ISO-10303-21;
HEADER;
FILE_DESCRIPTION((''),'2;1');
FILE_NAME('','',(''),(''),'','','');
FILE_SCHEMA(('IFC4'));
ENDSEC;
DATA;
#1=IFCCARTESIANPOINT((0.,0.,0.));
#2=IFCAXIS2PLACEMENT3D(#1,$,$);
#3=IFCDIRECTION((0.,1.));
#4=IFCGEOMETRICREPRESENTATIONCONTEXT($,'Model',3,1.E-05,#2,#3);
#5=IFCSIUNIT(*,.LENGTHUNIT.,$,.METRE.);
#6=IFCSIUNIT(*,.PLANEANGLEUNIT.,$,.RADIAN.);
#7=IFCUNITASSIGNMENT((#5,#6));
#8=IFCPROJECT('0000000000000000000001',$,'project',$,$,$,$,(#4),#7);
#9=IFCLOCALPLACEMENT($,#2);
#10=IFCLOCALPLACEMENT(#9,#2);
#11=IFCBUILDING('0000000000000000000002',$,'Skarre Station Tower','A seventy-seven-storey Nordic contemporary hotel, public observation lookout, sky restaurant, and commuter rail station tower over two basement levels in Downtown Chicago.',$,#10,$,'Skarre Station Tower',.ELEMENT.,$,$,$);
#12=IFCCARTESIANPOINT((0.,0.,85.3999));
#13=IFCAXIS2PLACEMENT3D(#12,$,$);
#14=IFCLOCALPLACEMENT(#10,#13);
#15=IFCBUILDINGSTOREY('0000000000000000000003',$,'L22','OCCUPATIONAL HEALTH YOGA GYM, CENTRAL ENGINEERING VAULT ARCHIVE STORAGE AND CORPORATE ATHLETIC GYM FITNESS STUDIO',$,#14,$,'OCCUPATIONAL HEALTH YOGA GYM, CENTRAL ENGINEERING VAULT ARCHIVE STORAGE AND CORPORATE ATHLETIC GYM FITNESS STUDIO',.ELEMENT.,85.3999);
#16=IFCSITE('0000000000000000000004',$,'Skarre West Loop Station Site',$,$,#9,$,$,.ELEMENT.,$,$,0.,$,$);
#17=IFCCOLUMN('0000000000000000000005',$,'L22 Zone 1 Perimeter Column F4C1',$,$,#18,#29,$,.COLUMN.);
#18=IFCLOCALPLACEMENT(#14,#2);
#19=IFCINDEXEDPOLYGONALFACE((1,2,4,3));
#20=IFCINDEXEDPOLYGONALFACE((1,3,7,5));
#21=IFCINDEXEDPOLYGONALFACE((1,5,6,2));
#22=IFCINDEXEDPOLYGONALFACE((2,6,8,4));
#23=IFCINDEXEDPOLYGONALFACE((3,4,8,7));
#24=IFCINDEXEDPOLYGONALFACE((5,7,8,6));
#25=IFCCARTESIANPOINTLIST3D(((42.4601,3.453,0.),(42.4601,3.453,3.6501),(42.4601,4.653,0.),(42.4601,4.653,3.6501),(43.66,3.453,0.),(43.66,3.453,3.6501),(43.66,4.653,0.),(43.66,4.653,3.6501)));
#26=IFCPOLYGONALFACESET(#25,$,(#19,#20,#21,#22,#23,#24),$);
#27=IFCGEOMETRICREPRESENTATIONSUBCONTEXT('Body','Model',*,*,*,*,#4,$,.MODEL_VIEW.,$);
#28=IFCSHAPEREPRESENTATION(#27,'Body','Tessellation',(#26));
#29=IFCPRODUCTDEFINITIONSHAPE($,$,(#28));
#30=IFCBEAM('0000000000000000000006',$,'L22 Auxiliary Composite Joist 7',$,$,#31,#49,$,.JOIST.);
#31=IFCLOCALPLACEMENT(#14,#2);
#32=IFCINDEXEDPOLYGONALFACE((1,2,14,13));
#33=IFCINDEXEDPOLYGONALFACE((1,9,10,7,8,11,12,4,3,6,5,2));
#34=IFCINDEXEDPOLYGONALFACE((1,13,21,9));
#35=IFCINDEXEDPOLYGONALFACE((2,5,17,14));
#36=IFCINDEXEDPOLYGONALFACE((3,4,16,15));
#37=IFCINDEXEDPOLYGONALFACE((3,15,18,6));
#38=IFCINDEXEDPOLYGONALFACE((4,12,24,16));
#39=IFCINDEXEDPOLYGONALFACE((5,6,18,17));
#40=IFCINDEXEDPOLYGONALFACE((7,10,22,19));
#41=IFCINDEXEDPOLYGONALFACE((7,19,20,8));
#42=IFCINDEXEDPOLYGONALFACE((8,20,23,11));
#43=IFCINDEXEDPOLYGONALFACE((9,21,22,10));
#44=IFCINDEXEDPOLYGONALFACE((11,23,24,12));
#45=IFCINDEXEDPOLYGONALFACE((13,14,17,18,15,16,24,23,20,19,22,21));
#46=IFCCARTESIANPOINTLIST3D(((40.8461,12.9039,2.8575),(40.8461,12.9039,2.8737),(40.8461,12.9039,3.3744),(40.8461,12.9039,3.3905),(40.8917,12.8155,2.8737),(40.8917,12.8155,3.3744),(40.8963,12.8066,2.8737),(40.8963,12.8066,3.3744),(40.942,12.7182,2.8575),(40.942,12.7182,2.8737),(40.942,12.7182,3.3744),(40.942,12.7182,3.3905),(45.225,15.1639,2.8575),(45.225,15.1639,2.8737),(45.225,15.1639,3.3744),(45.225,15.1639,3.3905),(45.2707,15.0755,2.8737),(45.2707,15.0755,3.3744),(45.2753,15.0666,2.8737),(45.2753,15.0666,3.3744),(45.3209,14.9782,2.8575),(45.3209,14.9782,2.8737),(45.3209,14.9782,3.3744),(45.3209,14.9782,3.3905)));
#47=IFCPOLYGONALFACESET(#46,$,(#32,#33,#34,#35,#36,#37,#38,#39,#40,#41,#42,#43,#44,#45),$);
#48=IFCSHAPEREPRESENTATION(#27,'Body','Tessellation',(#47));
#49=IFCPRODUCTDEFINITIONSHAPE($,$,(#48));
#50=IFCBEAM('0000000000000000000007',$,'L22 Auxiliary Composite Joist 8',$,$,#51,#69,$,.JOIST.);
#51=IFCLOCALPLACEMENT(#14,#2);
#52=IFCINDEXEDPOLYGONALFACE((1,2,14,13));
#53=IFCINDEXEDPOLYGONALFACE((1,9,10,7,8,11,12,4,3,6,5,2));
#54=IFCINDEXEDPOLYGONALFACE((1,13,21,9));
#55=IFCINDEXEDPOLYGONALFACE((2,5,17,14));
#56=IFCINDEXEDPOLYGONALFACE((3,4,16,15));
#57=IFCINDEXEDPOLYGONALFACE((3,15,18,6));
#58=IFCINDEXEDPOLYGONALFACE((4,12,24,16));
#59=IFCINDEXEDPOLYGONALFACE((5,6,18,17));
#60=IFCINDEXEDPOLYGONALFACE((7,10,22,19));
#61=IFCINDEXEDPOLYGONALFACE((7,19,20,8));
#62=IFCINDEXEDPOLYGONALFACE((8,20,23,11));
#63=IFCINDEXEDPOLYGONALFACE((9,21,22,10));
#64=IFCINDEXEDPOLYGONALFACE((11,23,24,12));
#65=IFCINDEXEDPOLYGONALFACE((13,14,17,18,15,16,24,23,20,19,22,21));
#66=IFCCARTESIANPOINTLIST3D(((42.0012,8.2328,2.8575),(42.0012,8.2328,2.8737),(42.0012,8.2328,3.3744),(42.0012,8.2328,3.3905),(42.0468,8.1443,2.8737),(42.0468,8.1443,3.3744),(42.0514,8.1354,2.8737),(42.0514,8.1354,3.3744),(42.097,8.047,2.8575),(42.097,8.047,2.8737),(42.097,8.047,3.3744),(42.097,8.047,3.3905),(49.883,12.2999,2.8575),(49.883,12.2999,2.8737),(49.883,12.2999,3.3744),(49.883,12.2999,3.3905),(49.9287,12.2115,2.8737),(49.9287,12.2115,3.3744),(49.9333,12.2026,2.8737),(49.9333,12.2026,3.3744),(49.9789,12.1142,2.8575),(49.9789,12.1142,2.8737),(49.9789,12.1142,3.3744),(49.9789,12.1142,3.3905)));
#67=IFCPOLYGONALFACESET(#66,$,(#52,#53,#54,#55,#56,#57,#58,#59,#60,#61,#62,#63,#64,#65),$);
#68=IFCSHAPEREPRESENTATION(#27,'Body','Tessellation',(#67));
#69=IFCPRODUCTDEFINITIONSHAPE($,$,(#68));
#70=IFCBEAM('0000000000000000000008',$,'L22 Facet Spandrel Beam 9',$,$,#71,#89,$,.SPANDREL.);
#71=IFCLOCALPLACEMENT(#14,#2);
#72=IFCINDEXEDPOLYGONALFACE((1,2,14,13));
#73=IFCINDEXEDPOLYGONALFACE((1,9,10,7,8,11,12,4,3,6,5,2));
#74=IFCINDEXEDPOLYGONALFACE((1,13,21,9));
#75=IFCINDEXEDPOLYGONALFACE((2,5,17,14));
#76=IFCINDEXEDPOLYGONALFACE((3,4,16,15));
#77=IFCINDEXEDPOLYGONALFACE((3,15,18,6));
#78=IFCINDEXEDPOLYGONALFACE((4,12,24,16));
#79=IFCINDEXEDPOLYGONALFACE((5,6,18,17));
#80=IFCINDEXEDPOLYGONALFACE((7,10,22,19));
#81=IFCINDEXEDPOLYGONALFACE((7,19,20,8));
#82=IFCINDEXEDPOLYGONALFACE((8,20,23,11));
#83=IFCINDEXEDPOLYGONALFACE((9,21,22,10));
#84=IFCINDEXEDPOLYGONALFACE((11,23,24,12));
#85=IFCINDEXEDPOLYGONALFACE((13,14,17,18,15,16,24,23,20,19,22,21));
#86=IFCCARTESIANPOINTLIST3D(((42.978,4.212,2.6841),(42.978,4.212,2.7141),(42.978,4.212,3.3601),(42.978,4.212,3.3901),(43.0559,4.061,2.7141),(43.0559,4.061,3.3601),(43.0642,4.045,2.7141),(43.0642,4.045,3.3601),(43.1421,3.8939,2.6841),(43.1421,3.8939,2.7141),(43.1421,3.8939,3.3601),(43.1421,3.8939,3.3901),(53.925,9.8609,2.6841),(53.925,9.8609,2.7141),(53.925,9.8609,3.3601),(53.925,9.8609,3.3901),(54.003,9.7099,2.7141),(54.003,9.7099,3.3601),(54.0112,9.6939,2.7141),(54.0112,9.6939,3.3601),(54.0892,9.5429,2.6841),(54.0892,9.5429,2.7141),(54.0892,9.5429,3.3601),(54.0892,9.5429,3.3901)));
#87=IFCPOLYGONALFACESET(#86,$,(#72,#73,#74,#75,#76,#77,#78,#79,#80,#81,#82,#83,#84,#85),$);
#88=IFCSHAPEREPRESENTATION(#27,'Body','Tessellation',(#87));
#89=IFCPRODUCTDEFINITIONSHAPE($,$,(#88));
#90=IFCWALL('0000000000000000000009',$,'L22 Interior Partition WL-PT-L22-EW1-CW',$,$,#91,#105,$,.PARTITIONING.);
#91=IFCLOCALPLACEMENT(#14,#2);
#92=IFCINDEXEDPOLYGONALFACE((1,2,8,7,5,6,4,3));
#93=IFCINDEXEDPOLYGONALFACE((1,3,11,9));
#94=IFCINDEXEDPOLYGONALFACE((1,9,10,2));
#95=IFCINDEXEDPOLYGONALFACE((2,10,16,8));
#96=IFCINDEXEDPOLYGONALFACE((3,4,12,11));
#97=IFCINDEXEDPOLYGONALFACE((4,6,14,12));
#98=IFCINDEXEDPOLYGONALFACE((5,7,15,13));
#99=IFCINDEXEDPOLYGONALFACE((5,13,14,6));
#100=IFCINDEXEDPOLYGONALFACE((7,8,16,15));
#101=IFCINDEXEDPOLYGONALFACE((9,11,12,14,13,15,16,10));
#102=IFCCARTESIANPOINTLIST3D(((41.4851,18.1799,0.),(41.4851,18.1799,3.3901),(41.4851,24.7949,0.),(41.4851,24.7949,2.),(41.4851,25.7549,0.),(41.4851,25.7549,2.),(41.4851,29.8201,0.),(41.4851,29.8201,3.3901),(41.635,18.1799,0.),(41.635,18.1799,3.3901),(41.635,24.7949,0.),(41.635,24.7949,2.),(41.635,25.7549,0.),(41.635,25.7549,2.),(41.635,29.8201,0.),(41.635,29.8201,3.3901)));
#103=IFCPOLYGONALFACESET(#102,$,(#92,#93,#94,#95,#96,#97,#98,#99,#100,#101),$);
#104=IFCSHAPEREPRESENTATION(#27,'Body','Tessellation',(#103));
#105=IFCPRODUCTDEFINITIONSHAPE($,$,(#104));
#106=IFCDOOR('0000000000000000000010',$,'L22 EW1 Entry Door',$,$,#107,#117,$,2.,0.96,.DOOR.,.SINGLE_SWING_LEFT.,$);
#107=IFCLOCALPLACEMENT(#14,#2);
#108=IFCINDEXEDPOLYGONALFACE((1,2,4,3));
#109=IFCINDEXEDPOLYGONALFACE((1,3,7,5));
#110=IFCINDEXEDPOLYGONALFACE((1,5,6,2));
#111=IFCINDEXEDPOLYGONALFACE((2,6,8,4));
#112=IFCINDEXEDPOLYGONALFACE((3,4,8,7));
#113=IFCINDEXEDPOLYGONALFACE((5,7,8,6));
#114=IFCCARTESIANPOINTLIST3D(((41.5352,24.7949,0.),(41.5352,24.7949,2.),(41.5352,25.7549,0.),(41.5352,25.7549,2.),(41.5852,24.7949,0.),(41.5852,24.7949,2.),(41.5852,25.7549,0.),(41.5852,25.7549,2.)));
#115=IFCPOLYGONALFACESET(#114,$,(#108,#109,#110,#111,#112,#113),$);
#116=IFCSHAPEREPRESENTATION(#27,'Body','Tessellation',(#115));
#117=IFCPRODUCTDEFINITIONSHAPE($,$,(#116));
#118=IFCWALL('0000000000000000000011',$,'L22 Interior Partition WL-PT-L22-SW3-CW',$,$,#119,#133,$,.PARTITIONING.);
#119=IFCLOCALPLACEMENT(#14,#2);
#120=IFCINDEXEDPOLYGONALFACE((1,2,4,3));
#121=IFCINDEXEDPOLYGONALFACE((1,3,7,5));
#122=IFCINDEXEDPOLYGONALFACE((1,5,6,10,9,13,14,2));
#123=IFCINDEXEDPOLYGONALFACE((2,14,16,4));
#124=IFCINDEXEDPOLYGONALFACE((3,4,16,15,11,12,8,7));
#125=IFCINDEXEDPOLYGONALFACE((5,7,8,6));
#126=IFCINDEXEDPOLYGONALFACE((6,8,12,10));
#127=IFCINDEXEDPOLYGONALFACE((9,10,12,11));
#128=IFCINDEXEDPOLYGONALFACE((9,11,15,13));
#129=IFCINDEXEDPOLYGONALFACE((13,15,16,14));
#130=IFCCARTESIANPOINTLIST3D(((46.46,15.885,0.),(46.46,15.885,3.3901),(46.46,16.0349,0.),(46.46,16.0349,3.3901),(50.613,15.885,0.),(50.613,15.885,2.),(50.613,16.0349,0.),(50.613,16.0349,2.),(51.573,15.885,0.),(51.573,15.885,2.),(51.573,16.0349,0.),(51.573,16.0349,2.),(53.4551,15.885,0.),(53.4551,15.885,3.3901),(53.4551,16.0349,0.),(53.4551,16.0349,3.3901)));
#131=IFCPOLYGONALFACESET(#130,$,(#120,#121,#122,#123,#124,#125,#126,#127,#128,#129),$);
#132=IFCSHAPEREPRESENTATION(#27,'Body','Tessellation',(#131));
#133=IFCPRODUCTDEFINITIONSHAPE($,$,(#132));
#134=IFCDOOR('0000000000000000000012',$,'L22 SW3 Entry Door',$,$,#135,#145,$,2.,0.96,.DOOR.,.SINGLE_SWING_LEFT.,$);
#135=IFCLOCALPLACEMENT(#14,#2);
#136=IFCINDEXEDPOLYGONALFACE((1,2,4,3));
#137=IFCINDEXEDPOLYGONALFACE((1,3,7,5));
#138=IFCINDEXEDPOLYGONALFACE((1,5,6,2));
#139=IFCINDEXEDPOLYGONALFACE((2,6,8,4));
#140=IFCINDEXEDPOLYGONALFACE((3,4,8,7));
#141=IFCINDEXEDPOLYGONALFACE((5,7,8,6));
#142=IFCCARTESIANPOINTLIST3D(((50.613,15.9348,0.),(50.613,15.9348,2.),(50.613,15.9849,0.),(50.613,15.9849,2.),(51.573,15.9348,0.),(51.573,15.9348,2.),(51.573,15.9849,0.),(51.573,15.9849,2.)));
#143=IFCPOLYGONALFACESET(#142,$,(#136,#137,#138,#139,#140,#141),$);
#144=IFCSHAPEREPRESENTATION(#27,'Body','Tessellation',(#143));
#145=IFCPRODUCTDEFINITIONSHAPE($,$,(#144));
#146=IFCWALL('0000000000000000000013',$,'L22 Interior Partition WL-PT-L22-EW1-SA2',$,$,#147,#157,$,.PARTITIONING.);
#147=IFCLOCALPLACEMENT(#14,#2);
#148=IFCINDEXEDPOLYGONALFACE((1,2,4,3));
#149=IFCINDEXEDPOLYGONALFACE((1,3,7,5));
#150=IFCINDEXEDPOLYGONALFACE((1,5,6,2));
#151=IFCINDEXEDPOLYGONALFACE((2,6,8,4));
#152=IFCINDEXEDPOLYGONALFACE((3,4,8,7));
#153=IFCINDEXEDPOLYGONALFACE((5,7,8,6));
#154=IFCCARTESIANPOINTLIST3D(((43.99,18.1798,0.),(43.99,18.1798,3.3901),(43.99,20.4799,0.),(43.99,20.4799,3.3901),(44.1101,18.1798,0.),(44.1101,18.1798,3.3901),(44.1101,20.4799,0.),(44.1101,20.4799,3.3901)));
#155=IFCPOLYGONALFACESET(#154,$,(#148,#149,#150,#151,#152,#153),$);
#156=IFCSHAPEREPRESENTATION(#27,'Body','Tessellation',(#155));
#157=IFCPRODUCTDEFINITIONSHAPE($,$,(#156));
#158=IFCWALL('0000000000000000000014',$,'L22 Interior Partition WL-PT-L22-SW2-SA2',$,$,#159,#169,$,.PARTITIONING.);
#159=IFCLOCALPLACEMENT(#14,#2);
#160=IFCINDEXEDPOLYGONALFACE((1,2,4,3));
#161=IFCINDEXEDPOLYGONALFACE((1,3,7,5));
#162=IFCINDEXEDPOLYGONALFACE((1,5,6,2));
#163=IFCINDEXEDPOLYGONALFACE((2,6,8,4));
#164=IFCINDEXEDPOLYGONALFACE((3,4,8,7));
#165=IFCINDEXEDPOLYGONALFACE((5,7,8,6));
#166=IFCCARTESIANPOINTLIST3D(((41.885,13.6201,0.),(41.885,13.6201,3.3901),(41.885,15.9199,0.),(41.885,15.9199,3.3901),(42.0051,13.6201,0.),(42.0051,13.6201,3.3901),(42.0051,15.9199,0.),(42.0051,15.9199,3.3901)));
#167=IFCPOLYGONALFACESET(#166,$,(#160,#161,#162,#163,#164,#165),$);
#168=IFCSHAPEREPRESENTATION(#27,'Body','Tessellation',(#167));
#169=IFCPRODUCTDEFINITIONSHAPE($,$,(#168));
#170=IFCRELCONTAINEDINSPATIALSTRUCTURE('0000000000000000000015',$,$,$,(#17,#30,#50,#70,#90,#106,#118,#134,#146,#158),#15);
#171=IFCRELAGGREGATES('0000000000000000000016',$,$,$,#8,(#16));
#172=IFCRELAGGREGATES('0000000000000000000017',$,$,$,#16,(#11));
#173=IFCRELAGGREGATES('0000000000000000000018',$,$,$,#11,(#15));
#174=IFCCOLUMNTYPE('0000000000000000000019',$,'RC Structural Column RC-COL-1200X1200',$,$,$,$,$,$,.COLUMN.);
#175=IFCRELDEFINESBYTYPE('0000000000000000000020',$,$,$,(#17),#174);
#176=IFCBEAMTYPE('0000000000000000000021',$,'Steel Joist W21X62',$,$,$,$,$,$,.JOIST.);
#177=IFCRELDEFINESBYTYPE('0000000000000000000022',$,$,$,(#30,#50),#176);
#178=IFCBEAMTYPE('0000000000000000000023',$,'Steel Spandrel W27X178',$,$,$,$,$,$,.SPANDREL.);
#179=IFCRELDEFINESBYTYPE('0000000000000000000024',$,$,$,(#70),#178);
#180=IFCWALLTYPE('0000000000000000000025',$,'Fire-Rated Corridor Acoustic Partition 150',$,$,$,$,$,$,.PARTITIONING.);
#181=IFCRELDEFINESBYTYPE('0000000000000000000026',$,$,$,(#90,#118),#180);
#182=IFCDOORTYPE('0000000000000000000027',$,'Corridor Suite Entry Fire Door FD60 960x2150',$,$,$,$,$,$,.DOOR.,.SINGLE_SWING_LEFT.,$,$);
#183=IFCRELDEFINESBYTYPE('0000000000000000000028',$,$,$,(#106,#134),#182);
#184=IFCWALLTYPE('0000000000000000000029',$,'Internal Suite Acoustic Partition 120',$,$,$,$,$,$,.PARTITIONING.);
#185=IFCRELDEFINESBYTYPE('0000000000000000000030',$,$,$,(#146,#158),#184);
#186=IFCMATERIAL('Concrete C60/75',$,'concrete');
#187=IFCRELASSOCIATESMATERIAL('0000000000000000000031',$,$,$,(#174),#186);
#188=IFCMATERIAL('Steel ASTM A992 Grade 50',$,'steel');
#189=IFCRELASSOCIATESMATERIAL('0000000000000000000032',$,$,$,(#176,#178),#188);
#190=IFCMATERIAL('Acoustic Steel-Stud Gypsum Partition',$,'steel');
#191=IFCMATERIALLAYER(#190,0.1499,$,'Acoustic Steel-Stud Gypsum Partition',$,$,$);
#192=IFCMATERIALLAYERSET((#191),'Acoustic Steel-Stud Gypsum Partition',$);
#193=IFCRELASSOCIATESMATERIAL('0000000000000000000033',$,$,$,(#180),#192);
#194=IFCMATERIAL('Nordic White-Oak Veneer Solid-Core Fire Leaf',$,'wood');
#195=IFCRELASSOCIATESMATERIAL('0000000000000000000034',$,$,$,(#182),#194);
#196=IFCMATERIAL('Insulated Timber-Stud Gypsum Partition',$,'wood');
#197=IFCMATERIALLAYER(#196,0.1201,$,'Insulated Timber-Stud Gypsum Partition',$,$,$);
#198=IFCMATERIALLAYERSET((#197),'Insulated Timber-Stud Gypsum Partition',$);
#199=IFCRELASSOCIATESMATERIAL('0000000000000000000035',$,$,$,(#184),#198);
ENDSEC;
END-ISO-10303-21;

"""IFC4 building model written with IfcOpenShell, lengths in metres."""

from ifc_helpers import new_model, si_unit, direction, frame, frame_2d, origin, origin_2d, place, context, subcontext, project, spatial, rectangle, i_section, extrude, material, layer, layer_set, material_profile, profile_set, type_object, element, fill, save


model = new_model("IFC4")

# Units and contexts
model_context = context("Model", 3, precision=1e-05, world=origin(), true_north=direction((0.0, 1.0)))
body_context = subcontext(model_context, "Body", "Model", "MODEL_VIEW")
ifc_project = project(units=[si_unit("LENGTHUNIT", "METRE"), si_unit("PLANEANGLEUNIT", "RADIAN")], contexts=[model_context])

# Site, building, storey
site_placement = place(None, origin())
site = spatial("IfcSite", under=ifc_project, at=site_placement, Name="Skarre West Loop Station Site", CompositionType="ELEMENT", RefElevation=0.0)
building_placement = place(site_placement, origin())
building = spatial("IfcBuilding", under=site, at=building_placement, Name="Skarre Station Tower", Description="A seventy-seven-storey Nordic contemporary hotel, public observation lookout, sky restaurant, and commuter rail station tower over two basement levels in Downtown Chicago.", LongName="Skarre Station Tower", CompositionType="ELEMENT")
storey_placement = place(building_placement, frame((0.0, 0.0, 85.3999)))
storey = spatial("IfcBuildingStorey", under=building, at=storey_placement, Name="L22", Description="OCCUPATIONAL HEALTH YOGA GYM, CENTRAL ENGINEERING VAULT ARCHIVE STORAGE AND CORPORATE ATHLETIC GYM FITNESS STUDIO", LongName="OCCUPATIONAL HEALTH YOGA GYM, CENTRAL ENGINEERING VAULT ARCHIVE STORAGE AND CORPORATE ATHLETIC GYM FITNESS STUDIO", CompositionType="ELEMENT", Elevation=85.3999)

# Column
ifc_material_1 = material(Name="Concrete C60/75", Category="concrete")
ifc_material_profile_1 = material_profile(ifc_material_1, rectangle(XDim=1.2, YDim=1.2, at=origin_2d()), Name="Concrete C60/75")
ifc_profile_set_1 = profile_set([ifc_material_profile_1], Name="Concrete C60/75")
column_type = type_object("IfcColumnType", Name="RC Structural Column RC-COL-1200X1200", PredefinedType="COLUMN", material=ifc_profile_set_1)
column_placement = place(storey_placement, frame((43.0601, 4.053, 0.0), z_axis=(0.0, 0.0, 1.0), x_axis=(1.0, 0.0, 0.0)))
element("IfcColumn", 1, at=column_placement, inside=storey, type_object=column_type, Name="L22 Zone 1 Perimeter Column F4C1", PredefinedType="COLUMN", context=body_context, shape_type="SweptSolid", body=[
    extrude(rectangle(XDim=1.2, YDim=1.2, at=origin_2d()), origin(), (0.0, 0.0, 1.0), 3.6501),
])

# Beams
ifc_material_2 = material(Name="Steel ASTM A992 Grade 50", Category="steel")
ifc_material_profile_2 = material_profile(ifc_material_2, i_section(OverallWidth=0.209, OverallDepth=0.533, WebThickness=0.01, FlangeThickness=0.0161, at=origin_2d()), Name="Steel ASTM A992 Grade 50")
ifc_profile_set_2 = profile_set([ifc_material_profile_2], Name="Steel ASTM A992 Grade 50")
beam_type_1 = type_object("IfcBeamType", Name="Steel Joist W21X62", PredefinedType="JOIST", material=ifc_profile_set_2)
beam_1_placement = place(storey_placement, frame((40.894, 12.811, 3.124), z_axis=(0.888627, 0.458632, 0.0), x_axis=(-0.458632, 0.888627, 0.0)))
element("IfcBeam", 2, at=beam_1_placement, inside=storey, type_object=beam_type_1, Name="L22 Auxiliary Composite Joist 7", PredefinedType="JOIST", context=body_context, shape_type="SweptSolid", body=[
    extrude(i_section(OverallWidth=0.209, OverallDepth=0.533, WebThickness=0.01, FlangeThickness=0.0161, at=origin_2d()), origin(), (0.0, 0.0, 1.0), 4.9277),
])
beam_2_placement = place(storey_placement, frame((42.0491, 8.1399, 3.124), z_axis=(0.888662, 0.458562, 0.0), x_axis=(-0.458562, 0.888662, 0.0)))
element("IfcBeam", 3, at=beam_2_placement, inside=storey, type_object=beam_type_1, Name="L22 Auxiliary Composite Joist 8", PredefinedType="JOIST", context=body_context, shape_type="SweptSolid", body=[
    extrude(i_section(OverallWidth=0.209, OverallDepth=0.533, WebThickness=0.01, FlangeThickness=0.0161, at=origin_2d()), origin(), (0.0, 0.0, 1.0), 8.8694),
])
ifc_material_profile_3 = material_profile(ifc_material_2, i_section(OverallWidth=0.3579, OverallDepth=0.7061, WebThickness=0.0181, FlangeThickness=0.03, at=origin_2d()), Name="Steel ASTM A992 Grade 50")
ifc_profile_set_3 = profile_set([ifc_material_profile_3], Name="Steel ASTM A992 Grade 50")
beam_type_2 = type_object("IfcBeamType", Name="Steel Spandrel W27X178", PredefinedType="SPANDREL", material=ifc_profile_set_3)
beam_3_placement = place(storey_placement, frame((43.0601, 4.053, 3.0371), z_axis=(0.888659, 0.458569, 0.0), x_axis=(-0.458569, 0.888659, 0.0)))
element("IfcBeam", 4, at=beam_3_placement, inside=storey, type_object=beam_type_2, Name="L22 Facet Spandrel Beam 9", PredefinedType="SPANDREL", context=body_context, shape_type="SweptSolid", body=[
    extrude(i_section(OverallWidth=0.3579, OverallDepth=0.7061, WebThickness=0.0181, FlangeThickness=0.03, at=origin_2d()), origin(), (0.0, 0.0, 1.0), 12.3186),
])

# Walls, openings, doors
ifc_material_3 = material(Name="Acoustic Steel-Stud Gypsum Partition", Category="steel")
ifc_layer_1 = layer(ifc_material_3, 0.1499, Name="Acoustic Steel-Stud Gypsum Partition")
ifc_layer_set_1 = layer_set([ifc_layer_1], Name="Acoustic Steel-Stud Gypsum Partition")
wall_type_1 = type_object("IfcWallType", Name="Fire-Rated Corridor Acoustic Partition 150", PredefinedType="PARTITIONING", material=ifc_layer_set_1)
wall_1_placement = place(storey_placement, frame((41.5601, 18.1799, 0.0), z_axis=(0.0, 0.0, 1.0), x_axis=(0.0, 1.0, 0.0)))
wall_1 = element("IfcWall", 5, at=wall_1_placement, inside=storey, type_object=wall_type_1, Name="L22 Interior Partition WL-PT-L22-EW1-CW", PredefinedType="PARTITIONING", context=body_context, shape_type="SweptSolid", body=[
    extrude(rectangle(XDim=11.6401, YDim=0.1499, at=frame_2d((5.8201, 0.0))), origin(), (0.0, 0.0, 1.0), 3.3901),
])
opening_1_placement = place(wall_1_placement, frame((6.615, 0.0, 0.0)))
opening_1 = element("IfcOpeningElement", 6, at=opening_1_placement, cuts=wall_1, PredefinedType="OPENING", context=body_context, shape_type="SweptSolid", body=[
    extrude(rectangle(XDim=0.96, YDim=2.0, at=frame_2d((0.48, 1.0))), frame((0.0, 0.085, 0.0), z_axis=(0.0, -1.0, 0.0), x_axis=(1.0, 0.0, 0.0)), (0.0, 0.0, 1.0), 0.1699),
])
ifc_material_4 = material(Name="Nordic White-Oak Veneer Solid-Core Fire Leaf", Category="wood")
door_type_1 = type_object("IfcDoorType", Name="Corridor Suite Entry Fire Door FD60 960x2150", OperationType="SINGLE_SWING_LEFT", PredefinedType="DOOR", material=ifc_material_4)
door_1_placement = place(opening_1_placement, origin())
door_1 = element("IfcDoor", 7, at=door_1_placement, inside=storey, type_object=door_type_1, Name="L22 EW1 Entry Door", OperationType="SINGLE_SWING_LEFT", OverallHeight=2.0, OverallWidth=0.96, PredefinedType="DOOR", context=body_context, shape_type="SweptSolid", body=[
    extrude(rectangle(XDim=0.96, YDim=2.0, at=frame_2d((0.48, 1.0))), frame((0.0, 0.0249, 0.0), z_axis=(0.0, -1.0, 0.0), x_axis=(1.0, 0.0, 0.0)), (0.0, 0.0, 1.0), 0.05),
])
fill(opening_1, door_1)
wall_2_placement = place(storey_placement, frame((46.46, 15.96, 0.0), z_axis=(0.0, 0.0, 1.0), x_axis=(1.0, 0.0, 0.0)))
wall_2 = element("IfcWall", 8, at=wall_2_placement, inside=storey, type_object=wall_type_1, Name="L22 Interior Partition WL-PT-L22-SW3-CW", PredefinedType="PARTITIONING", context=body_context, shape_type="SweptSolid", body=[
    extrude(rectangle(XDim=6.9951, YDim=0.1499, at=frame_2d((3.4976, 0.0))), origin(), (0.0, 0.0, 1.0), 3.3901),
])
opening_2_placement = place(wall_2_placement, frame((4.1531, 0.0, 0.0)))
opening_2 = element("IfcOpeningElement", 9, at=opening_2_placement, cuts=wall_2, PredefinedType="OPENING", context=body_context, shape_type="SweptSolid", body=[
    extrude(rectangle(XDim=0.96, YDim=2.0, at=frame_2d((0.48, 1.0))), frame((0.0, 0.085, 0.0), z_axis=(0.0, -1.0, 0.0), x_axis=(1.0, 0.0, 0.0)), (0.0, 0.0, 1.0), 0.1699),
])
door_2_placement = place(opening_2_placement, origin())
door_2 = element("IfcDoor", 10, at=door_2_placement, inside=storey, type_object=door_type_1, Name="L22 SW3 Entry Door", OperationType="SINGLE_SWING_LEFT", OverallHeight=2.0, OverallWidth=0.96, PredefinedType="DOOR", context=body_context, shape_type="SweptSolid", body=[
    extrude(rectangle(XDim=0.96, YDim=2.0, at=frame_2d((0.48, 1.0))), frame((0.0, 0.0249, 0.0), z_axis=(0.0, -1.0, 0.0), x_axis=(1.0, 0.0, 0.0)), (0.0, 0.0, 1.0), 0.05),
])
fill(opening_2, door_2)

# Walls
ifc_material_5 = material(Name="Insulated Timber-Stud Gypsum Partition", Category="wood")
ifc_layer_2 = layer(ifc_material_5, 0.1201, Name="Insulated Timber-Stud Gypsum Partition")
ifc_layer_set_2 = layer_set([ifc_layer_2], Name="Insulated Timber-Stud Gypsum Partition")
wall_type_2 = type_object("IfcWallType", Name="Internal Suite Acoustic Partition 120", PredefinedType="PARTITIONING", material=ifc_layer_set_2)
wall_3_placement = place(storey_placement, frame((44.05, 18.1799, 0.0), z_axis=(0.0, 0.0, 1.0), x_axis=(0.0, 1.0, 0.0)))
element("IfcWall", 11, at=wall_3_placement, inside=storey, type_object=wall_type_2, Name="L22 Interior Partition WL-PT-L22-EW1-SA2", PredefinedType="PARTITIONING", context=body_context, shape_type="SweptSolid", body=[
    extrude(rectangle(XDim=2.3, YDim=0.1201, at=frame_2d((1.1499, 0.0))), origin(), (0.0, 0.0, 1.0), 3.3901),
])
wall_4_placement = place(storey_placement, frame((41.9451, 13.6201, 0.0), z_axis=(0.0, 0.0, 1.0), x_axis=(0.0, 1.0, 0.0)))
element("IfcWall", 12, at=wall_4_placement, inside=storey, type_object=wall_type_2, Name="L22 Interior Partition WL-PT-L22-SW2-SA2", PredefinedType="PARTITIONING", context=body_context, shape_type="SweptSolid", body=[
    extrude(rectangle(XDim=2.2998, YDim=0.1201, at=frame_2d((1.1499, 0.0))), origin(), (0.0, 0.0, 1.0), 3.3901),
])

save(model, "model.ifc")
